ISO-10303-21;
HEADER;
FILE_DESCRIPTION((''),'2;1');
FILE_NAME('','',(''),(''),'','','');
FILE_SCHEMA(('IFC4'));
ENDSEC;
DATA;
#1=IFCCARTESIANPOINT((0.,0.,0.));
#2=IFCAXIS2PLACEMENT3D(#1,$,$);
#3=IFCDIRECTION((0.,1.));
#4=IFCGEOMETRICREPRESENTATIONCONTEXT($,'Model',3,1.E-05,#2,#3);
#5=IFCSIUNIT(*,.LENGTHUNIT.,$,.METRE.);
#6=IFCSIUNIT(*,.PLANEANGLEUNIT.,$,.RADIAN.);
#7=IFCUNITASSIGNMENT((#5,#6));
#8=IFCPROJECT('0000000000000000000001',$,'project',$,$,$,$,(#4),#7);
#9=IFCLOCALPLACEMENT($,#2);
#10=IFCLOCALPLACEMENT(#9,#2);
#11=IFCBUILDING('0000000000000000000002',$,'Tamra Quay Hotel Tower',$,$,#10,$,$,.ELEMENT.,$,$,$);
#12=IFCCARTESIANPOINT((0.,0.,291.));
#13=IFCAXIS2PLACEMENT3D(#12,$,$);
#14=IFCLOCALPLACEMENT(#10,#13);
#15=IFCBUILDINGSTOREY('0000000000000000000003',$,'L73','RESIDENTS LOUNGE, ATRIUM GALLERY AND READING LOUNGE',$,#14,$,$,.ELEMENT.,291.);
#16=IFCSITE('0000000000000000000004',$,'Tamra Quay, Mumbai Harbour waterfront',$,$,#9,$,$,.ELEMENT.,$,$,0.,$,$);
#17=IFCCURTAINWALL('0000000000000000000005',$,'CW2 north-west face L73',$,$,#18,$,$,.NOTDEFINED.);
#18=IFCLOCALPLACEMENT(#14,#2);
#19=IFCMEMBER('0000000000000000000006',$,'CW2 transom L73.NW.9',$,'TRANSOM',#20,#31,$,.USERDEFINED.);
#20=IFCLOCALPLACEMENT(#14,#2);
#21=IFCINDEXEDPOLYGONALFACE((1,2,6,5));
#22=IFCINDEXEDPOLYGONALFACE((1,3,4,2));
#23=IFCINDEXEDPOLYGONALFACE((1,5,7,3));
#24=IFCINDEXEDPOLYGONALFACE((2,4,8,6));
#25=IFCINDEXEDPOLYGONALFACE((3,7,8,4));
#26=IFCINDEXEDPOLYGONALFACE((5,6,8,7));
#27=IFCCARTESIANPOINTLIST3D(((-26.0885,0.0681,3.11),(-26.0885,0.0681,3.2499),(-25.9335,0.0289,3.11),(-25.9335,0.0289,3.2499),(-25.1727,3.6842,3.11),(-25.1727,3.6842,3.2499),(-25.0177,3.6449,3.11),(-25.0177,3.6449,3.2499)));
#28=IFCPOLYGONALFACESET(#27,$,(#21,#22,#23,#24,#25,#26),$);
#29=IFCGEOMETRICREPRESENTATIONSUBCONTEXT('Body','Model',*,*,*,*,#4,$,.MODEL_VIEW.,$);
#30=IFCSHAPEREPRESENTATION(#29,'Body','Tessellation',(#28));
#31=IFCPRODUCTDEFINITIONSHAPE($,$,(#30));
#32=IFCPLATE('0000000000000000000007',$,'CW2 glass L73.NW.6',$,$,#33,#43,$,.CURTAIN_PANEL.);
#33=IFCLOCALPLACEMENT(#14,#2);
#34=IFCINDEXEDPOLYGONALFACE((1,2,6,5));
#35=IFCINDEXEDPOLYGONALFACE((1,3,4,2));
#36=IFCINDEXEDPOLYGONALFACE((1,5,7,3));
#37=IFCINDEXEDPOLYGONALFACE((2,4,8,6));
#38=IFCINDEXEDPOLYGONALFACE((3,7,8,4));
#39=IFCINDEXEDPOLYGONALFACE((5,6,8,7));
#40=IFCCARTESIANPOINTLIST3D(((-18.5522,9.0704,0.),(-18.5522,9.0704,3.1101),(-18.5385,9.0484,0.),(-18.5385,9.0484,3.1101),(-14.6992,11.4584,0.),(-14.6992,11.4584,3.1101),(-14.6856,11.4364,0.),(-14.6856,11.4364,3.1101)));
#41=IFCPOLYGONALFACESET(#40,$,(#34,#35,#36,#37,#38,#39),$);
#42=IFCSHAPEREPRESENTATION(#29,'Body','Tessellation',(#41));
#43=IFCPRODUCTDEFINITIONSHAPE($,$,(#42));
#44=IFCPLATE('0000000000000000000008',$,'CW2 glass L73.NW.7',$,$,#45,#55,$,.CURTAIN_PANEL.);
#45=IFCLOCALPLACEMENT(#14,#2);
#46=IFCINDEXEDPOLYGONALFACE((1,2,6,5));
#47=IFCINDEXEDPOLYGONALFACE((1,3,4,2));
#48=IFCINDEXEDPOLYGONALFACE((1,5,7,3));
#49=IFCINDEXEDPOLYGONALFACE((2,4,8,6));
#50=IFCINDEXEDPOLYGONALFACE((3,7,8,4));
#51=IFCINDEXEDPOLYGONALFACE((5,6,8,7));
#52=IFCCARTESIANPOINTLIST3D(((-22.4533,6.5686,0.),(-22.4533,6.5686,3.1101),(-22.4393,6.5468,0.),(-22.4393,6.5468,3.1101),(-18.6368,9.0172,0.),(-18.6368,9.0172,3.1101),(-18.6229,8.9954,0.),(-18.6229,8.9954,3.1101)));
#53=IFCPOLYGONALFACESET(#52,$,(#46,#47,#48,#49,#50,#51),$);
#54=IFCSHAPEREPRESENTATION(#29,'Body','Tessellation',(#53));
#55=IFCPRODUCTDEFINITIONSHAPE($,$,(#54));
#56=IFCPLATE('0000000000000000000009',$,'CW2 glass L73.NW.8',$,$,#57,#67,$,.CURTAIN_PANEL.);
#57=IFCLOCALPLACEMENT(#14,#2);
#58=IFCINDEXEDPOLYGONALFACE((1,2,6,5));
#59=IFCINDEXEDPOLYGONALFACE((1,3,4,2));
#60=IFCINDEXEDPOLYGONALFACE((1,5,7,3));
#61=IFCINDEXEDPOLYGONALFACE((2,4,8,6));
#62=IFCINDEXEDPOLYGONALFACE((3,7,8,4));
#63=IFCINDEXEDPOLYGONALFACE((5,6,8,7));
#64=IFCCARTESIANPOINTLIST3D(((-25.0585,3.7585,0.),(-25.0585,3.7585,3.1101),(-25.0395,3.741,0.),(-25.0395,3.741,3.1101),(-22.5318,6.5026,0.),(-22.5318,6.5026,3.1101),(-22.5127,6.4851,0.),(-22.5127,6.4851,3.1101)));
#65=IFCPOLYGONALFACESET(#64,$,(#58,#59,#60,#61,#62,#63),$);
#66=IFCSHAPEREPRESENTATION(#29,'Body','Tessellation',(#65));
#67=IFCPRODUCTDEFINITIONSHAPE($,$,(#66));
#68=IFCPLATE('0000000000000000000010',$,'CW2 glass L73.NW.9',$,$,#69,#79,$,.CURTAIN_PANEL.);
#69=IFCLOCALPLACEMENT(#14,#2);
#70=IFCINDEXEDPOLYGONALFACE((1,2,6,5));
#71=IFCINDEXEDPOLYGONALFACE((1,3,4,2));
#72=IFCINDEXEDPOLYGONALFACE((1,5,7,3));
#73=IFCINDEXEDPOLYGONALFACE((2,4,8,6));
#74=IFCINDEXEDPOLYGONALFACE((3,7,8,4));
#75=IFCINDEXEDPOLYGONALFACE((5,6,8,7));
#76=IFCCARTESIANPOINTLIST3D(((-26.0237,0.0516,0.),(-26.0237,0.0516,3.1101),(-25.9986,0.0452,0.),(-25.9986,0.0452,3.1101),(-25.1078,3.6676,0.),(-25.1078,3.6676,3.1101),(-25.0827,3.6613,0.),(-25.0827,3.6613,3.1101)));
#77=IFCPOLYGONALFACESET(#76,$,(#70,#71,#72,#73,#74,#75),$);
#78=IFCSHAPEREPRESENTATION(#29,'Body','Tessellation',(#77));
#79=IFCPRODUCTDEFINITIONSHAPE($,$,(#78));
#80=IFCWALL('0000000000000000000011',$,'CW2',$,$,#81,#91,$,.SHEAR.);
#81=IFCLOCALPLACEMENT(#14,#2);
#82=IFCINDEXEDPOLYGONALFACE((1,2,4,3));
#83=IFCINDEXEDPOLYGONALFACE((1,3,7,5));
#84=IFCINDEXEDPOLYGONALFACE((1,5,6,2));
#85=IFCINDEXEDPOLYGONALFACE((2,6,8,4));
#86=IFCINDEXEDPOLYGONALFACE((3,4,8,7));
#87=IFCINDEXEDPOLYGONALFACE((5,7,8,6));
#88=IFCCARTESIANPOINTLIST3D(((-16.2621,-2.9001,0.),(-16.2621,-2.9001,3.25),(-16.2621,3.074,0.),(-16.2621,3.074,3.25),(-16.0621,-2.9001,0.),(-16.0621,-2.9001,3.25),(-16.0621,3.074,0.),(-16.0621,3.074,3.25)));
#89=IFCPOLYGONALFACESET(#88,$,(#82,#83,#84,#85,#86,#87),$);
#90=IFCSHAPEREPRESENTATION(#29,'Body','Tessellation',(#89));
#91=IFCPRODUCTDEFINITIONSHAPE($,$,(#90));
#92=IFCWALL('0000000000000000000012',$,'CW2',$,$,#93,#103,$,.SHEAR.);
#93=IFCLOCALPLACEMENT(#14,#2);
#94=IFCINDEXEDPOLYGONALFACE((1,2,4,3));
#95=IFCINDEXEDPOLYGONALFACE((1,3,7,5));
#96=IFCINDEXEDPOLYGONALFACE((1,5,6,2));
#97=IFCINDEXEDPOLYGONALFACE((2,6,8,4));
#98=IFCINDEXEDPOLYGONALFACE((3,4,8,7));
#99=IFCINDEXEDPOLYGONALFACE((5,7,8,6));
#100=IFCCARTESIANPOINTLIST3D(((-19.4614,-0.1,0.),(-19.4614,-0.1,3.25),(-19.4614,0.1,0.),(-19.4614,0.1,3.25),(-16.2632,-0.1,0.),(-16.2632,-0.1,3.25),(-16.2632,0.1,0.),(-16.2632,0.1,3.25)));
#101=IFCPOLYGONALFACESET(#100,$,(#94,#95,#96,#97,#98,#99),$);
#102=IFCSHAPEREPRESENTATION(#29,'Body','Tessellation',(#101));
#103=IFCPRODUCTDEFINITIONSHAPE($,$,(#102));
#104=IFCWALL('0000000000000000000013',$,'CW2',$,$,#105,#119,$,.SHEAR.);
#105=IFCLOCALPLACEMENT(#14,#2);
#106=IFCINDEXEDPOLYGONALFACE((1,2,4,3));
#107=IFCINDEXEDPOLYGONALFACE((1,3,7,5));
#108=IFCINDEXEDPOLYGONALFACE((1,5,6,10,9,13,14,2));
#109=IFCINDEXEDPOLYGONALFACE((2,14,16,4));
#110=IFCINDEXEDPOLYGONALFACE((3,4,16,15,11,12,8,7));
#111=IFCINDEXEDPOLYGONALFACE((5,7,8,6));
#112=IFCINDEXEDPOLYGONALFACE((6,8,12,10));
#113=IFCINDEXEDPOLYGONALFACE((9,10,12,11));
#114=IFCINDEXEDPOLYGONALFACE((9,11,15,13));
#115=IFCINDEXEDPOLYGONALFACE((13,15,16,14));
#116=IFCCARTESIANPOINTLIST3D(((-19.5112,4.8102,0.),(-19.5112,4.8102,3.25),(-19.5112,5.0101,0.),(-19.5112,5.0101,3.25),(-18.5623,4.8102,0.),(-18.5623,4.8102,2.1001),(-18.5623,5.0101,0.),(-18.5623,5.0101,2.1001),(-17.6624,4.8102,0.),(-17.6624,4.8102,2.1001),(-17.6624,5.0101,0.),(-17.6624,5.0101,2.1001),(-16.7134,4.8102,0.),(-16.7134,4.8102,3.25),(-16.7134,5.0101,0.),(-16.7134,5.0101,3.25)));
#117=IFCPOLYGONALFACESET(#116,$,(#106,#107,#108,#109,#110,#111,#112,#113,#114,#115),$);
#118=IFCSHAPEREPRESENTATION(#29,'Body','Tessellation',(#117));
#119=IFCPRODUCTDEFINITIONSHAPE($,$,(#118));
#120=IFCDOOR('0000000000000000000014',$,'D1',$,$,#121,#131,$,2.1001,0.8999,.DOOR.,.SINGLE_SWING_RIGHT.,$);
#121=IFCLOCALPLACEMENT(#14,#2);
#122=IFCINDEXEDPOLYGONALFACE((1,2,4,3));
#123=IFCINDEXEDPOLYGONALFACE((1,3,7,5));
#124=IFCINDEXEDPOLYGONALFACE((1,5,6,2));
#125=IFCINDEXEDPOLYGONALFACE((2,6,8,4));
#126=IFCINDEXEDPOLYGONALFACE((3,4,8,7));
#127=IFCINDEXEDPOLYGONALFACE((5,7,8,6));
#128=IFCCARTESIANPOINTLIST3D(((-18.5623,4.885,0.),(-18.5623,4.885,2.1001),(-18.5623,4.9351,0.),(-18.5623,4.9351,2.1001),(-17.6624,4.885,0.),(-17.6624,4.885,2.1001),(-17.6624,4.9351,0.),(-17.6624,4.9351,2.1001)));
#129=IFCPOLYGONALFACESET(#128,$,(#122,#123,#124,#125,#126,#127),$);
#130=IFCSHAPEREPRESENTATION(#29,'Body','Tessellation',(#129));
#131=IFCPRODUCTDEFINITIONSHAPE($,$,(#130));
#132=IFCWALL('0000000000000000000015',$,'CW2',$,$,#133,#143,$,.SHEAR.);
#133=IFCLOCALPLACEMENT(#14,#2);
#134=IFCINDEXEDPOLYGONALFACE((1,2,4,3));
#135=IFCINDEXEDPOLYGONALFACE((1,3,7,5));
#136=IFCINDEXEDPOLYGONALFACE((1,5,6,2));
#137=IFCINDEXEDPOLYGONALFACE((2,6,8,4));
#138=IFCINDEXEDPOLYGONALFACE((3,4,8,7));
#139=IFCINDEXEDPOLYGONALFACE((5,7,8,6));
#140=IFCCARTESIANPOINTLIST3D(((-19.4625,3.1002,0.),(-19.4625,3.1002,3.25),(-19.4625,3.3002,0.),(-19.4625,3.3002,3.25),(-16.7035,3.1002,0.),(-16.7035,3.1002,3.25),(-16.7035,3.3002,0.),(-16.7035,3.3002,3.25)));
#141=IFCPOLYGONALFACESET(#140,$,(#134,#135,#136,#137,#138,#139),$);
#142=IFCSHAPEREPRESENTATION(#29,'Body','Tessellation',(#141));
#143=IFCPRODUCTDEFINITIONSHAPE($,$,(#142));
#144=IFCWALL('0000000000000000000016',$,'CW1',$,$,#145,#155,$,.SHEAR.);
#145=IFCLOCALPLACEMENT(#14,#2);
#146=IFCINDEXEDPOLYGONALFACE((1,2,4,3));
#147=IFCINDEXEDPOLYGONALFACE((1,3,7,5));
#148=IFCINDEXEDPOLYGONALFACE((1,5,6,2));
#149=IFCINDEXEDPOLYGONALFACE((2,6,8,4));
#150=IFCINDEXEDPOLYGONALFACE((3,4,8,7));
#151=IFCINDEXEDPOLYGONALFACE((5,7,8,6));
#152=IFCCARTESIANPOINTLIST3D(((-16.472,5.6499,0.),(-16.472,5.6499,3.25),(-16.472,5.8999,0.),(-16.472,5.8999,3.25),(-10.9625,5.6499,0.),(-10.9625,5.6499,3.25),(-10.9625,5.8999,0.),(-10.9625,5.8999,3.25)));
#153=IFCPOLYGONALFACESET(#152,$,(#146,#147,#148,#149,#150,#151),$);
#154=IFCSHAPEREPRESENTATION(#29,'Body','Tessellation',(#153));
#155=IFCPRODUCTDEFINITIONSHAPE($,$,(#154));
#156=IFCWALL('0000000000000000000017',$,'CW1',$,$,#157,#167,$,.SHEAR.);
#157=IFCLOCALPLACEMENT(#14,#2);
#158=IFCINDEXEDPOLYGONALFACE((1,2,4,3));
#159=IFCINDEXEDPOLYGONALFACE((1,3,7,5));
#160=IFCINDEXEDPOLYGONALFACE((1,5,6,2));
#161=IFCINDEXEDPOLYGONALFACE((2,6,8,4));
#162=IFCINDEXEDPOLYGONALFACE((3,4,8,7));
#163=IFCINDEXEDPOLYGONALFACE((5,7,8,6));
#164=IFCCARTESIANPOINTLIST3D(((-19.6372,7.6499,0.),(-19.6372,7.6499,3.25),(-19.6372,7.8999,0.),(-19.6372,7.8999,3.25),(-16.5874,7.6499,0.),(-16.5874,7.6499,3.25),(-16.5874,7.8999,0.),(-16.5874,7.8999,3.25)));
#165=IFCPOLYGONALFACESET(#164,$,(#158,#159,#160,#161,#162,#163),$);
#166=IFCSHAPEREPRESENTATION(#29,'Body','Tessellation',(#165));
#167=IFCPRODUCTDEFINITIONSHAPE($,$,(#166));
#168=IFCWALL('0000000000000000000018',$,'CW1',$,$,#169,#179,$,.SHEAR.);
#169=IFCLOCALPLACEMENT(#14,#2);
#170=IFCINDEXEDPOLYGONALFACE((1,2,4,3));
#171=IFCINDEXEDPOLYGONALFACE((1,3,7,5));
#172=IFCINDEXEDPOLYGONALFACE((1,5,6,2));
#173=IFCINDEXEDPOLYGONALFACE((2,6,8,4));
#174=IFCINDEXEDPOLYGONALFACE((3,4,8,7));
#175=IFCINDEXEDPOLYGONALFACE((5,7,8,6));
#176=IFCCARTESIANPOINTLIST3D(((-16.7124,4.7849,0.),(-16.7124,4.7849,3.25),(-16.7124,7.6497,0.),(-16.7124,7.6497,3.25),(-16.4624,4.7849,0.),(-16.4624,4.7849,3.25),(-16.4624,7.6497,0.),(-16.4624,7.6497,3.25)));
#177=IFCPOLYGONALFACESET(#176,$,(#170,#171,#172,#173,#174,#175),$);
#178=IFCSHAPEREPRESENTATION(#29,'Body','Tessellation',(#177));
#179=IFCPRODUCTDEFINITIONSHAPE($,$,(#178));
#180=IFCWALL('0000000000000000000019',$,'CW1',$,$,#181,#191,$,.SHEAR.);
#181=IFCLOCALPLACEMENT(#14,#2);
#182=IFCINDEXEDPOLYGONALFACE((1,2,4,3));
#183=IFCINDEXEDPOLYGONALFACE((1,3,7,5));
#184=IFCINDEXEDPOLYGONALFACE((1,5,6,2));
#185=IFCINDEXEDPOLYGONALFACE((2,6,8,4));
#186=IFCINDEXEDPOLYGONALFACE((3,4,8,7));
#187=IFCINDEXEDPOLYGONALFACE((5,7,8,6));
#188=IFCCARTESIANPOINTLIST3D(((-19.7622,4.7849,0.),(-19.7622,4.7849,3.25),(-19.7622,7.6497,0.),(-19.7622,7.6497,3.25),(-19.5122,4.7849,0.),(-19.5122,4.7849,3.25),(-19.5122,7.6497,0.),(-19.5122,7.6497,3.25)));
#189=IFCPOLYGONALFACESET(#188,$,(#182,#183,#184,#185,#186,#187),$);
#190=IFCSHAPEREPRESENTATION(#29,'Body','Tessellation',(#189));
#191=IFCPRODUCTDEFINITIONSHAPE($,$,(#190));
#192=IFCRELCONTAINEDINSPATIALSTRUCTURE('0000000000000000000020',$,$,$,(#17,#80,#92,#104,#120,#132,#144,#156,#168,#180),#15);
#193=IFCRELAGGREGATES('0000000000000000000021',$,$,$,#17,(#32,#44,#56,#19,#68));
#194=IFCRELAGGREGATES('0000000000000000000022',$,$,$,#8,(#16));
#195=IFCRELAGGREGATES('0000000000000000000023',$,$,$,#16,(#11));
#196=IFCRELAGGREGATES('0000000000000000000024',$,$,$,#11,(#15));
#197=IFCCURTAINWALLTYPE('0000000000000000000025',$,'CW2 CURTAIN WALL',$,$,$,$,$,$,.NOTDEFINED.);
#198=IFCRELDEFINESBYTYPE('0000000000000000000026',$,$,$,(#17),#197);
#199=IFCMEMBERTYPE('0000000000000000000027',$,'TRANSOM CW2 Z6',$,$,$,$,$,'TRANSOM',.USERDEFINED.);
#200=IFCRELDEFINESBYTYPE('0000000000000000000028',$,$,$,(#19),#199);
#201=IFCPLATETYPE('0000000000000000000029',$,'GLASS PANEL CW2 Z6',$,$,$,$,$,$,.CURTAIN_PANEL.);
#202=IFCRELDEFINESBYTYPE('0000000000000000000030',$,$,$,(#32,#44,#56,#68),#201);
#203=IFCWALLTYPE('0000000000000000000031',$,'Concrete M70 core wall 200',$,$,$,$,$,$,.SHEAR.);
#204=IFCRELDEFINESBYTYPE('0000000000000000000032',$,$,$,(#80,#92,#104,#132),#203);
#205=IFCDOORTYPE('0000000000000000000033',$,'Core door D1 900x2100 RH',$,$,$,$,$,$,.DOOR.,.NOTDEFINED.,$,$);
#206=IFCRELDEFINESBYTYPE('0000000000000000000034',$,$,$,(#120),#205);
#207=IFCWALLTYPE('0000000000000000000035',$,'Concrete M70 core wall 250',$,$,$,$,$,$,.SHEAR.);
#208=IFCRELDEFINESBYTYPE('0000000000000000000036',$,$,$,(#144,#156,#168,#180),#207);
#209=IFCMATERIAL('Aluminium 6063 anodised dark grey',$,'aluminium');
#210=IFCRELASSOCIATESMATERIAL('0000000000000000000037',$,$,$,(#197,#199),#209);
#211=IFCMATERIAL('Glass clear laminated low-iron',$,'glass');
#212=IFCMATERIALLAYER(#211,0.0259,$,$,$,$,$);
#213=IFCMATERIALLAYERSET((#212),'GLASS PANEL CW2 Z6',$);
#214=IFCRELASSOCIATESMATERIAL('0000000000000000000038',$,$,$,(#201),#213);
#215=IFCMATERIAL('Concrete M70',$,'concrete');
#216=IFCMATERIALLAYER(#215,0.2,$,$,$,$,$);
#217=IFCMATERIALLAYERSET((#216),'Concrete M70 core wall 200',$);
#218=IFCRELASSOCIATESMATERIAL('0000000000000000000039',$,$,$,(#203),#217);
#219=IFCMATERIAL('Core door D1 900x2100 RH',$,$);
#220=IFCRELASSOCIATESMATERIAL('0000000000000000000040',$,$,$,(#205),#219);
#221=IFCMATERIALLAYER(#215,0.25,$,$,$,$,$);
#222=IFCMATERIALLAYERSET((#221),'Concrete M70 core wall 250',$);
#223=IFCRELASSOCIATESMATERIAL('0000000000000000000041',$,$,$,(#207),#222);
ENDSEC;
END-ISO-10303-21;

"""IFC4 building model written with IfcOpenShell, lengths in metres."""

from ifc_helpers import new_model, si_unit, direction, frame, frame_2d, origin, origin_2d, place, context, subcontext, project, spatial, rectangle, extrude, material, layer, layer_set, material_profile, profile_set, type_object, element, fill, aggregate, save


model = new_model("IFC4")

# Units and contexts
model_context = context("Model", 3, precision=1e-05, world=origin(), true_north=direction((0.0, 1.0)))
body_context = subcontext(model_context, "Body", "Model", "MODEL_VIEW")
ifc_project = project(units=[si_unit("LENGTHUNIT", "METRE"), si_unit("PLANEANGLEUNIT", "RADIAN")], contexts=[model_context])

# Site, building, storey
site_placement = place(None, origin())
site = spatial("IfcSite", under=ifc_project, at=site_placement, Name="Tamra Quay, Mumbai Harbour waterfront", CompositionType="ELEMENT", RefElevation=0.0)
building_placement = place(site_placement, origin())
building = spatial("IfcBuilding", under=site, at=building_placement, Name="Tamra Quay Hotel Tower", CompositionType="ELEMENT")
storey_placement = place(building_placement, frame((0.0, 0.0, 291.0)))
storey = spatial("IfcBuildingStorey", under=building, at=storey_placement, Name="L73", Description="RESIDENTS LOUNGE, ATRIUM GALLERY AND READING LOUNGE", CompositionType="ELEMENT", Elevation=291.0)

# Shared definitions
ifc_material_1 = material(Name="Concrete M70", Category="concrete")

# Curtain wall
ifc_material_2 = material(Name="Aluminium 6063 anodised dark grey", Category="aluminium")
curtain_wall_type = type_object("IfcCurtainWallType", Name="CW2 CURTAIN WALL", PredefinedType="NOTDEFINED", material=ifc_material_2)
curtain_wall_placement = place(storey_placement, origin())
curtain_wall = element("IfcCurtainWall", 1, at=curtain_wall_placement, inside=storey, type_object=curtain_wall_type, Name="CW2 north-west face L73", PredefinedType="NOTDEFINED")

# Member
ifc_material_profile_1 = material_profile(ifc_material_2, rectangle(XDim=0.1599, YDim=0.1399, at=origin_2d()), Name="TRANSOM 160X140")
ifc_profile_set_1 = profile_set([ifc_material_profile_1], Name="Aluminium 6063 anodised dark grey")
member_type_1 = type_object("IfcMemberType", Name="TRANSOM CW2 Z6", ElementType="TRANSOM", PredefinedType="USERDEFINED", material=ifc_profile_set_1)
member_1_placement = place(storey_placement, frame((-25.0952, 3.6646, 3.1799), z_axis=(-0.245507, -0.969395, 0.0), x_axis=(0.969395, -0.245507, 0.0)))
member_1 = element("IfcMember", 2, at=member_1_placement, type_object=member_type_1, Name="CW2 transom L73.NW.9", ObjectType="TRANSOM", PredefinedType="USERDEFINED", context=body_context, shape_type="SweptSolid", body=[
    extrude(rectangle(XDim=0.1599, YDim=0.1399, at=origin_2d()), origin(), (0.0, 0.0, 1.0), 3.7302),
])

# Plates
ifc_material_3 = material(Name="Glass clear laminated low-iron", Category="glass")
ifc_layer_1 = layer(ifc_material_3, 0.0259)
ifc_layer_set_1 = layer_set([ifc_layer_1], Name="GLASS PANEL CW2 Z6")
plate_type = type_object("IfcPlateType", Name="GLASS PANEL CW2 Z6", PredefinedType="CURTAIN_PANEL", material=ifc_layer_set_1)
plate_1_placement = place(storey_placement, frame((-16.6189, 10.2534, 0.0), z_axis=(0.0, 0.0, 1.0), x_axis=(-0.849982, -0.526812, 0.0)))
plate_1 = element("IfcPlate", 3, at=plate_1_placement, type_object=plate_type, Name="CW2 glass L73.NW.6", PredefinedType="CURTAIN_PANEL", context=body_context, shape_type="SweptSolid", body=[
    extrude(rectangle(XDim=4.533, YDim=0.0259, at=origin_2d()), origin(), (0.0, 0.0, 1.0), 3.1101),
])
plate_2_placement = place(storey_placement, frame((-20.5381, 7.782, 0.0), z_axis=(0.0, 0.0, 1.0), x_axis=(-0.841665, -0.54, 0.0)))
plate_2 = element("IfcPlate", 4, at=plate_2_placement, type_object=plate_type, Name="CW2 glass L73.NW.7", PredefinedType="CURTAIN_PANEL", context=body_context, shape_type="SweptSolid", body=[
    extrude(rectangle(XDim=4.5344, YDim=0.0259, at=origin_2d()), origin(), (0.0, 0.0, 1.0), 3.1101),
])
plate_3_placement = place(storey_placement, frame((-23.7856, 5.1218, 0.0), z_axis=(0.0, 0.0, 1.0), x_axis=(-0.677376, -0.735637, 0.0)))
plate_3 = element("IfcPlate", 5, at=plate_3_placement, type_object=plate_type, Name="CW2 glass L73.NW.8", PredefinedType="CURTAIN_PANEL", context=body_context, shape_type="SweptSolid", body=[
    extrude(rectangle(XDim=3.7302, YDim=0.0259, at=origin_2d()), origin(), (0.0, 0.0, 1.0), 3.1101),
])
plate_4_placement = place(storey_placement, frame((-25.5532, 1.8564, 0.0), z_axis=(0.0, 0.0, 1.0), x_axis=(-0.245527, -0.96939, 0.0)))
plate_4 = element("IfcPlate", 6, at=plate_4_placement, type_object=plate_type, Name="CW2 glass L73.NW.9", PredefinedType="CURTAIN_PANEL", context=body_context, shape_type="SweptSolid", body=[
    extrude(rectangle(XDim=3.7302, YDim=0.0259, at=origin_2d()), origin(), (0.0, 0.0, 1.0), 3.1101),
])
aggregate(curtain_wall, [plate_1, plate_2, plate_3, member_1, plate_4])

# Walls
ifc_layer_2 = layer(ifc_material_1, 0.2)
ifc_layer_set_2 = layer_set([ifc_layer_2], Name="Concrete M70 core wall 200")
wall_type_1 = type_object("IfcWallType", Name="Concrete M70 core wall 200", PredefinedType="SHEAR", material=ifc_layer_set_2)
wall_1_placement = place(storey_placement, frame((-16.1621, 3.074, 0.0), z_axis=(0.0, 0.0, 1.0), x_axis=(0.0, -1.0, 0.0)))
element("IfcWall", 7, at=wall_1_placement, inside=storey, type_object=wall_type_1, Name="CW2", PredefinedType="SHEAR", context=body_context, shape_type="SweptSolid", body=[
    extrude(rectangle(XDim=5.9741, YDim=0.2, at=frame_2d((2.9871, 0.0))), origin(), (0.0, 0.0, 1.0), 3.25),
])
wall_2_placement = place(storey_placement, frame((-16.2632, 0.0, 0.0), z_axis=(0.0, 0.0, 1.0), x_axis=(-1.0, 0.0, 0.0)))
element("IfcWall", 8, at=wall_2_placement, inside=storey, type_object=wall_type_1, Name="CW2", PredefinedType="SHEAR", context=body_context, shape_type="SweptSolid", body=[
    extrude(rectangle(XDim=3.1982, YDim=0.2, at=frame_2d((1.5991, 0.0))), origin(), (0.0, 0.0, 1.0), 3.25),
])

# Wall, opening, door
wall_3_placement = place(storey_placement, frame((-19.5112, 4.9102, 0.0), z_axis=(0.0, 0.0, 1.0), x_axis=(1.0, 0.0, 0.0)))
wall_3 = element("IfcWall", 9, at=wall_3_placement, inside=storey, type_object=wall_type_1, Name="CW2", PredefinedType="SHEAR", context=body_context, shape_type="SweptSolid", body=[
    extrude(rectangle(XDim=2.7979, YDim=0.2, at=frame_2d((1.3989, 0.0))), origin(), (0.0, 0.0, 1.0), 3.25),
])
opening_placement = place(wall_3_placement, frame((0.949, 0.0, 0.0)))
opening = element("IfcOpeningElement", 10, at=opening_placement, cuts=wall_3, PredefinedType="OPENING", context=body_context, shape_type="SweptSolid", body=[
    extrude(rectangle(XDim=0.8999, YDim=2.1001, at=frame_2d((0.45, 1.05))), frame((0.0, 0.1099, 0.0), z_axis=(0.0, -1.0, 0.0), x_axis=(1.0, 0.0, 0.0)), (0.0, 0.0, 1.0), 0.22),
])
ifc_material_4 = material(Name="Core door D1 900x2100 RH")
door_type = type_object("IfcDoorType", Name="Core door D1 900x2100 RH", OperationType="NOTDEFINED", PredefinedType="DOOR", material=ifc_material_4)
door_placement = place(opening_placement, origin())
door = element("IfcDoor", 11, at=door_placement, inside=storey, type_object=door_type, Name="D1", OperationType="SINGLE_SWING_RIGHT", OverallHeight=2.1001, OverallWidth=0.8999, PredefinedType="DOOR", context=body_context, shape_type="SweptSolid", body=[
    extrude(rectangle(XDim=0.8999, YDim=2.1001, at=frame_2d((0.45, 1.05))), frame((0.0, 0.0249, 0.0), z_axis=(0.0, -1.0, 0.0), x_axis=(1.0, 0.0, 0.0)), (0.0, 0.0, 1.0), 0.05),
])
fill(opening, door)

# Walls
wall_4_placement = place(storey_placement, frame((-19.4624, 3.2002, 0.0), z_axis=(0.0, 0.0, 1.0), x_axis=(1.0, 0.0, 0.0)))
element("IfcWall", 12, at=wall_4_placement, inside=storey, type_object=wall_type_1, Name="CW2", PredefinedType="SHEAR", context=body_context, shape_type="SweptSolid", body=[
    extrude(rectangle(XDim=2.759, YDim=0.2, at=frame_2d((1.3794, 0.0))), origin(), (0.0, 0.0, 1.0), 3.25),
])
ifc_layer_3 = layer(ifc_material_1, 0.25)
ifc_layer_set_3 = layer_set([ifc_layer_3], Name="Concrete M70 core wall 250")
wall_type_2 = type_object("IfcWallType", Name="Concrete M70 core wall 250", PredefinedType="SHEAR", material=ifc_layer_set_3)
wall_5_placement = place(storey_placement, frame((-16.4722, 5.7749, 0.0), z_axis=(0.0, 0.0, 1.0), x_axis=(1.0, 0.0, 0.0)))
element("IfcWall", 13, at=wall_5_placement, inside=storey, type_object=wall_type_2, Name="CW1", PredefinedType="SHEAR", context=body_context, shape_type="SweptSolid", body=[
    extrude(rectangle(XDim=5.5095, YDim=0.25, at=frame_2d((2.7549, 0.0))), origin(), (0.0, 0.0, 1.0), 3.25),
])
wall_6_placement = place(storey_placement, frame((-19.6372, 7.7749, 0.0), z_axis=(0.0, 0.0, 1.0), x_axis=(1.0, 0.0, 0.0)))
element("IfcWall", 14, at=wall_6_placement, inside=storey, type_object=wall_type_2, Name="CW1", PredefinedType="SHEAR", context=body_context, shape_type="SweptSolid", body=[
    extrude(rectangle(XDim=3.0498, YDim=0.25, at=frame_2d((1.5249, 0.0))), origin(), (0.0, 0.0, 1.0), 3.25),
])
for number, where, z_axis, x_axis, name in (
    (15, (-16.5874, 7.6497, 0.0), (0.0, 0.0, 1.0), (0.0, -1.0, 0.0), "CW1"),
    (16, (-19.6372, 4.7849, 0.0), (0.0, 0.0, 1.0), (0.0, 1.0, 0.0), "CW1"),
):
    element("IfcWall", number, at=place(storey_placement, frame(where, z_axis=z_axis, x_axis=x_axis)), inside=storey, type_object=wall_type_2, Name=name, PredefinedType="SHEAR", context=body_context, shape_type="SweptSolid", body=[
        extrude(rectangle(XDim=2.8647, YDim=0.25, at=frame_2d((1.4324, 0.0))), origin(), (0.0, 0.0, 1.0), 3.25),
    ])

save(model, "model.ifc")
